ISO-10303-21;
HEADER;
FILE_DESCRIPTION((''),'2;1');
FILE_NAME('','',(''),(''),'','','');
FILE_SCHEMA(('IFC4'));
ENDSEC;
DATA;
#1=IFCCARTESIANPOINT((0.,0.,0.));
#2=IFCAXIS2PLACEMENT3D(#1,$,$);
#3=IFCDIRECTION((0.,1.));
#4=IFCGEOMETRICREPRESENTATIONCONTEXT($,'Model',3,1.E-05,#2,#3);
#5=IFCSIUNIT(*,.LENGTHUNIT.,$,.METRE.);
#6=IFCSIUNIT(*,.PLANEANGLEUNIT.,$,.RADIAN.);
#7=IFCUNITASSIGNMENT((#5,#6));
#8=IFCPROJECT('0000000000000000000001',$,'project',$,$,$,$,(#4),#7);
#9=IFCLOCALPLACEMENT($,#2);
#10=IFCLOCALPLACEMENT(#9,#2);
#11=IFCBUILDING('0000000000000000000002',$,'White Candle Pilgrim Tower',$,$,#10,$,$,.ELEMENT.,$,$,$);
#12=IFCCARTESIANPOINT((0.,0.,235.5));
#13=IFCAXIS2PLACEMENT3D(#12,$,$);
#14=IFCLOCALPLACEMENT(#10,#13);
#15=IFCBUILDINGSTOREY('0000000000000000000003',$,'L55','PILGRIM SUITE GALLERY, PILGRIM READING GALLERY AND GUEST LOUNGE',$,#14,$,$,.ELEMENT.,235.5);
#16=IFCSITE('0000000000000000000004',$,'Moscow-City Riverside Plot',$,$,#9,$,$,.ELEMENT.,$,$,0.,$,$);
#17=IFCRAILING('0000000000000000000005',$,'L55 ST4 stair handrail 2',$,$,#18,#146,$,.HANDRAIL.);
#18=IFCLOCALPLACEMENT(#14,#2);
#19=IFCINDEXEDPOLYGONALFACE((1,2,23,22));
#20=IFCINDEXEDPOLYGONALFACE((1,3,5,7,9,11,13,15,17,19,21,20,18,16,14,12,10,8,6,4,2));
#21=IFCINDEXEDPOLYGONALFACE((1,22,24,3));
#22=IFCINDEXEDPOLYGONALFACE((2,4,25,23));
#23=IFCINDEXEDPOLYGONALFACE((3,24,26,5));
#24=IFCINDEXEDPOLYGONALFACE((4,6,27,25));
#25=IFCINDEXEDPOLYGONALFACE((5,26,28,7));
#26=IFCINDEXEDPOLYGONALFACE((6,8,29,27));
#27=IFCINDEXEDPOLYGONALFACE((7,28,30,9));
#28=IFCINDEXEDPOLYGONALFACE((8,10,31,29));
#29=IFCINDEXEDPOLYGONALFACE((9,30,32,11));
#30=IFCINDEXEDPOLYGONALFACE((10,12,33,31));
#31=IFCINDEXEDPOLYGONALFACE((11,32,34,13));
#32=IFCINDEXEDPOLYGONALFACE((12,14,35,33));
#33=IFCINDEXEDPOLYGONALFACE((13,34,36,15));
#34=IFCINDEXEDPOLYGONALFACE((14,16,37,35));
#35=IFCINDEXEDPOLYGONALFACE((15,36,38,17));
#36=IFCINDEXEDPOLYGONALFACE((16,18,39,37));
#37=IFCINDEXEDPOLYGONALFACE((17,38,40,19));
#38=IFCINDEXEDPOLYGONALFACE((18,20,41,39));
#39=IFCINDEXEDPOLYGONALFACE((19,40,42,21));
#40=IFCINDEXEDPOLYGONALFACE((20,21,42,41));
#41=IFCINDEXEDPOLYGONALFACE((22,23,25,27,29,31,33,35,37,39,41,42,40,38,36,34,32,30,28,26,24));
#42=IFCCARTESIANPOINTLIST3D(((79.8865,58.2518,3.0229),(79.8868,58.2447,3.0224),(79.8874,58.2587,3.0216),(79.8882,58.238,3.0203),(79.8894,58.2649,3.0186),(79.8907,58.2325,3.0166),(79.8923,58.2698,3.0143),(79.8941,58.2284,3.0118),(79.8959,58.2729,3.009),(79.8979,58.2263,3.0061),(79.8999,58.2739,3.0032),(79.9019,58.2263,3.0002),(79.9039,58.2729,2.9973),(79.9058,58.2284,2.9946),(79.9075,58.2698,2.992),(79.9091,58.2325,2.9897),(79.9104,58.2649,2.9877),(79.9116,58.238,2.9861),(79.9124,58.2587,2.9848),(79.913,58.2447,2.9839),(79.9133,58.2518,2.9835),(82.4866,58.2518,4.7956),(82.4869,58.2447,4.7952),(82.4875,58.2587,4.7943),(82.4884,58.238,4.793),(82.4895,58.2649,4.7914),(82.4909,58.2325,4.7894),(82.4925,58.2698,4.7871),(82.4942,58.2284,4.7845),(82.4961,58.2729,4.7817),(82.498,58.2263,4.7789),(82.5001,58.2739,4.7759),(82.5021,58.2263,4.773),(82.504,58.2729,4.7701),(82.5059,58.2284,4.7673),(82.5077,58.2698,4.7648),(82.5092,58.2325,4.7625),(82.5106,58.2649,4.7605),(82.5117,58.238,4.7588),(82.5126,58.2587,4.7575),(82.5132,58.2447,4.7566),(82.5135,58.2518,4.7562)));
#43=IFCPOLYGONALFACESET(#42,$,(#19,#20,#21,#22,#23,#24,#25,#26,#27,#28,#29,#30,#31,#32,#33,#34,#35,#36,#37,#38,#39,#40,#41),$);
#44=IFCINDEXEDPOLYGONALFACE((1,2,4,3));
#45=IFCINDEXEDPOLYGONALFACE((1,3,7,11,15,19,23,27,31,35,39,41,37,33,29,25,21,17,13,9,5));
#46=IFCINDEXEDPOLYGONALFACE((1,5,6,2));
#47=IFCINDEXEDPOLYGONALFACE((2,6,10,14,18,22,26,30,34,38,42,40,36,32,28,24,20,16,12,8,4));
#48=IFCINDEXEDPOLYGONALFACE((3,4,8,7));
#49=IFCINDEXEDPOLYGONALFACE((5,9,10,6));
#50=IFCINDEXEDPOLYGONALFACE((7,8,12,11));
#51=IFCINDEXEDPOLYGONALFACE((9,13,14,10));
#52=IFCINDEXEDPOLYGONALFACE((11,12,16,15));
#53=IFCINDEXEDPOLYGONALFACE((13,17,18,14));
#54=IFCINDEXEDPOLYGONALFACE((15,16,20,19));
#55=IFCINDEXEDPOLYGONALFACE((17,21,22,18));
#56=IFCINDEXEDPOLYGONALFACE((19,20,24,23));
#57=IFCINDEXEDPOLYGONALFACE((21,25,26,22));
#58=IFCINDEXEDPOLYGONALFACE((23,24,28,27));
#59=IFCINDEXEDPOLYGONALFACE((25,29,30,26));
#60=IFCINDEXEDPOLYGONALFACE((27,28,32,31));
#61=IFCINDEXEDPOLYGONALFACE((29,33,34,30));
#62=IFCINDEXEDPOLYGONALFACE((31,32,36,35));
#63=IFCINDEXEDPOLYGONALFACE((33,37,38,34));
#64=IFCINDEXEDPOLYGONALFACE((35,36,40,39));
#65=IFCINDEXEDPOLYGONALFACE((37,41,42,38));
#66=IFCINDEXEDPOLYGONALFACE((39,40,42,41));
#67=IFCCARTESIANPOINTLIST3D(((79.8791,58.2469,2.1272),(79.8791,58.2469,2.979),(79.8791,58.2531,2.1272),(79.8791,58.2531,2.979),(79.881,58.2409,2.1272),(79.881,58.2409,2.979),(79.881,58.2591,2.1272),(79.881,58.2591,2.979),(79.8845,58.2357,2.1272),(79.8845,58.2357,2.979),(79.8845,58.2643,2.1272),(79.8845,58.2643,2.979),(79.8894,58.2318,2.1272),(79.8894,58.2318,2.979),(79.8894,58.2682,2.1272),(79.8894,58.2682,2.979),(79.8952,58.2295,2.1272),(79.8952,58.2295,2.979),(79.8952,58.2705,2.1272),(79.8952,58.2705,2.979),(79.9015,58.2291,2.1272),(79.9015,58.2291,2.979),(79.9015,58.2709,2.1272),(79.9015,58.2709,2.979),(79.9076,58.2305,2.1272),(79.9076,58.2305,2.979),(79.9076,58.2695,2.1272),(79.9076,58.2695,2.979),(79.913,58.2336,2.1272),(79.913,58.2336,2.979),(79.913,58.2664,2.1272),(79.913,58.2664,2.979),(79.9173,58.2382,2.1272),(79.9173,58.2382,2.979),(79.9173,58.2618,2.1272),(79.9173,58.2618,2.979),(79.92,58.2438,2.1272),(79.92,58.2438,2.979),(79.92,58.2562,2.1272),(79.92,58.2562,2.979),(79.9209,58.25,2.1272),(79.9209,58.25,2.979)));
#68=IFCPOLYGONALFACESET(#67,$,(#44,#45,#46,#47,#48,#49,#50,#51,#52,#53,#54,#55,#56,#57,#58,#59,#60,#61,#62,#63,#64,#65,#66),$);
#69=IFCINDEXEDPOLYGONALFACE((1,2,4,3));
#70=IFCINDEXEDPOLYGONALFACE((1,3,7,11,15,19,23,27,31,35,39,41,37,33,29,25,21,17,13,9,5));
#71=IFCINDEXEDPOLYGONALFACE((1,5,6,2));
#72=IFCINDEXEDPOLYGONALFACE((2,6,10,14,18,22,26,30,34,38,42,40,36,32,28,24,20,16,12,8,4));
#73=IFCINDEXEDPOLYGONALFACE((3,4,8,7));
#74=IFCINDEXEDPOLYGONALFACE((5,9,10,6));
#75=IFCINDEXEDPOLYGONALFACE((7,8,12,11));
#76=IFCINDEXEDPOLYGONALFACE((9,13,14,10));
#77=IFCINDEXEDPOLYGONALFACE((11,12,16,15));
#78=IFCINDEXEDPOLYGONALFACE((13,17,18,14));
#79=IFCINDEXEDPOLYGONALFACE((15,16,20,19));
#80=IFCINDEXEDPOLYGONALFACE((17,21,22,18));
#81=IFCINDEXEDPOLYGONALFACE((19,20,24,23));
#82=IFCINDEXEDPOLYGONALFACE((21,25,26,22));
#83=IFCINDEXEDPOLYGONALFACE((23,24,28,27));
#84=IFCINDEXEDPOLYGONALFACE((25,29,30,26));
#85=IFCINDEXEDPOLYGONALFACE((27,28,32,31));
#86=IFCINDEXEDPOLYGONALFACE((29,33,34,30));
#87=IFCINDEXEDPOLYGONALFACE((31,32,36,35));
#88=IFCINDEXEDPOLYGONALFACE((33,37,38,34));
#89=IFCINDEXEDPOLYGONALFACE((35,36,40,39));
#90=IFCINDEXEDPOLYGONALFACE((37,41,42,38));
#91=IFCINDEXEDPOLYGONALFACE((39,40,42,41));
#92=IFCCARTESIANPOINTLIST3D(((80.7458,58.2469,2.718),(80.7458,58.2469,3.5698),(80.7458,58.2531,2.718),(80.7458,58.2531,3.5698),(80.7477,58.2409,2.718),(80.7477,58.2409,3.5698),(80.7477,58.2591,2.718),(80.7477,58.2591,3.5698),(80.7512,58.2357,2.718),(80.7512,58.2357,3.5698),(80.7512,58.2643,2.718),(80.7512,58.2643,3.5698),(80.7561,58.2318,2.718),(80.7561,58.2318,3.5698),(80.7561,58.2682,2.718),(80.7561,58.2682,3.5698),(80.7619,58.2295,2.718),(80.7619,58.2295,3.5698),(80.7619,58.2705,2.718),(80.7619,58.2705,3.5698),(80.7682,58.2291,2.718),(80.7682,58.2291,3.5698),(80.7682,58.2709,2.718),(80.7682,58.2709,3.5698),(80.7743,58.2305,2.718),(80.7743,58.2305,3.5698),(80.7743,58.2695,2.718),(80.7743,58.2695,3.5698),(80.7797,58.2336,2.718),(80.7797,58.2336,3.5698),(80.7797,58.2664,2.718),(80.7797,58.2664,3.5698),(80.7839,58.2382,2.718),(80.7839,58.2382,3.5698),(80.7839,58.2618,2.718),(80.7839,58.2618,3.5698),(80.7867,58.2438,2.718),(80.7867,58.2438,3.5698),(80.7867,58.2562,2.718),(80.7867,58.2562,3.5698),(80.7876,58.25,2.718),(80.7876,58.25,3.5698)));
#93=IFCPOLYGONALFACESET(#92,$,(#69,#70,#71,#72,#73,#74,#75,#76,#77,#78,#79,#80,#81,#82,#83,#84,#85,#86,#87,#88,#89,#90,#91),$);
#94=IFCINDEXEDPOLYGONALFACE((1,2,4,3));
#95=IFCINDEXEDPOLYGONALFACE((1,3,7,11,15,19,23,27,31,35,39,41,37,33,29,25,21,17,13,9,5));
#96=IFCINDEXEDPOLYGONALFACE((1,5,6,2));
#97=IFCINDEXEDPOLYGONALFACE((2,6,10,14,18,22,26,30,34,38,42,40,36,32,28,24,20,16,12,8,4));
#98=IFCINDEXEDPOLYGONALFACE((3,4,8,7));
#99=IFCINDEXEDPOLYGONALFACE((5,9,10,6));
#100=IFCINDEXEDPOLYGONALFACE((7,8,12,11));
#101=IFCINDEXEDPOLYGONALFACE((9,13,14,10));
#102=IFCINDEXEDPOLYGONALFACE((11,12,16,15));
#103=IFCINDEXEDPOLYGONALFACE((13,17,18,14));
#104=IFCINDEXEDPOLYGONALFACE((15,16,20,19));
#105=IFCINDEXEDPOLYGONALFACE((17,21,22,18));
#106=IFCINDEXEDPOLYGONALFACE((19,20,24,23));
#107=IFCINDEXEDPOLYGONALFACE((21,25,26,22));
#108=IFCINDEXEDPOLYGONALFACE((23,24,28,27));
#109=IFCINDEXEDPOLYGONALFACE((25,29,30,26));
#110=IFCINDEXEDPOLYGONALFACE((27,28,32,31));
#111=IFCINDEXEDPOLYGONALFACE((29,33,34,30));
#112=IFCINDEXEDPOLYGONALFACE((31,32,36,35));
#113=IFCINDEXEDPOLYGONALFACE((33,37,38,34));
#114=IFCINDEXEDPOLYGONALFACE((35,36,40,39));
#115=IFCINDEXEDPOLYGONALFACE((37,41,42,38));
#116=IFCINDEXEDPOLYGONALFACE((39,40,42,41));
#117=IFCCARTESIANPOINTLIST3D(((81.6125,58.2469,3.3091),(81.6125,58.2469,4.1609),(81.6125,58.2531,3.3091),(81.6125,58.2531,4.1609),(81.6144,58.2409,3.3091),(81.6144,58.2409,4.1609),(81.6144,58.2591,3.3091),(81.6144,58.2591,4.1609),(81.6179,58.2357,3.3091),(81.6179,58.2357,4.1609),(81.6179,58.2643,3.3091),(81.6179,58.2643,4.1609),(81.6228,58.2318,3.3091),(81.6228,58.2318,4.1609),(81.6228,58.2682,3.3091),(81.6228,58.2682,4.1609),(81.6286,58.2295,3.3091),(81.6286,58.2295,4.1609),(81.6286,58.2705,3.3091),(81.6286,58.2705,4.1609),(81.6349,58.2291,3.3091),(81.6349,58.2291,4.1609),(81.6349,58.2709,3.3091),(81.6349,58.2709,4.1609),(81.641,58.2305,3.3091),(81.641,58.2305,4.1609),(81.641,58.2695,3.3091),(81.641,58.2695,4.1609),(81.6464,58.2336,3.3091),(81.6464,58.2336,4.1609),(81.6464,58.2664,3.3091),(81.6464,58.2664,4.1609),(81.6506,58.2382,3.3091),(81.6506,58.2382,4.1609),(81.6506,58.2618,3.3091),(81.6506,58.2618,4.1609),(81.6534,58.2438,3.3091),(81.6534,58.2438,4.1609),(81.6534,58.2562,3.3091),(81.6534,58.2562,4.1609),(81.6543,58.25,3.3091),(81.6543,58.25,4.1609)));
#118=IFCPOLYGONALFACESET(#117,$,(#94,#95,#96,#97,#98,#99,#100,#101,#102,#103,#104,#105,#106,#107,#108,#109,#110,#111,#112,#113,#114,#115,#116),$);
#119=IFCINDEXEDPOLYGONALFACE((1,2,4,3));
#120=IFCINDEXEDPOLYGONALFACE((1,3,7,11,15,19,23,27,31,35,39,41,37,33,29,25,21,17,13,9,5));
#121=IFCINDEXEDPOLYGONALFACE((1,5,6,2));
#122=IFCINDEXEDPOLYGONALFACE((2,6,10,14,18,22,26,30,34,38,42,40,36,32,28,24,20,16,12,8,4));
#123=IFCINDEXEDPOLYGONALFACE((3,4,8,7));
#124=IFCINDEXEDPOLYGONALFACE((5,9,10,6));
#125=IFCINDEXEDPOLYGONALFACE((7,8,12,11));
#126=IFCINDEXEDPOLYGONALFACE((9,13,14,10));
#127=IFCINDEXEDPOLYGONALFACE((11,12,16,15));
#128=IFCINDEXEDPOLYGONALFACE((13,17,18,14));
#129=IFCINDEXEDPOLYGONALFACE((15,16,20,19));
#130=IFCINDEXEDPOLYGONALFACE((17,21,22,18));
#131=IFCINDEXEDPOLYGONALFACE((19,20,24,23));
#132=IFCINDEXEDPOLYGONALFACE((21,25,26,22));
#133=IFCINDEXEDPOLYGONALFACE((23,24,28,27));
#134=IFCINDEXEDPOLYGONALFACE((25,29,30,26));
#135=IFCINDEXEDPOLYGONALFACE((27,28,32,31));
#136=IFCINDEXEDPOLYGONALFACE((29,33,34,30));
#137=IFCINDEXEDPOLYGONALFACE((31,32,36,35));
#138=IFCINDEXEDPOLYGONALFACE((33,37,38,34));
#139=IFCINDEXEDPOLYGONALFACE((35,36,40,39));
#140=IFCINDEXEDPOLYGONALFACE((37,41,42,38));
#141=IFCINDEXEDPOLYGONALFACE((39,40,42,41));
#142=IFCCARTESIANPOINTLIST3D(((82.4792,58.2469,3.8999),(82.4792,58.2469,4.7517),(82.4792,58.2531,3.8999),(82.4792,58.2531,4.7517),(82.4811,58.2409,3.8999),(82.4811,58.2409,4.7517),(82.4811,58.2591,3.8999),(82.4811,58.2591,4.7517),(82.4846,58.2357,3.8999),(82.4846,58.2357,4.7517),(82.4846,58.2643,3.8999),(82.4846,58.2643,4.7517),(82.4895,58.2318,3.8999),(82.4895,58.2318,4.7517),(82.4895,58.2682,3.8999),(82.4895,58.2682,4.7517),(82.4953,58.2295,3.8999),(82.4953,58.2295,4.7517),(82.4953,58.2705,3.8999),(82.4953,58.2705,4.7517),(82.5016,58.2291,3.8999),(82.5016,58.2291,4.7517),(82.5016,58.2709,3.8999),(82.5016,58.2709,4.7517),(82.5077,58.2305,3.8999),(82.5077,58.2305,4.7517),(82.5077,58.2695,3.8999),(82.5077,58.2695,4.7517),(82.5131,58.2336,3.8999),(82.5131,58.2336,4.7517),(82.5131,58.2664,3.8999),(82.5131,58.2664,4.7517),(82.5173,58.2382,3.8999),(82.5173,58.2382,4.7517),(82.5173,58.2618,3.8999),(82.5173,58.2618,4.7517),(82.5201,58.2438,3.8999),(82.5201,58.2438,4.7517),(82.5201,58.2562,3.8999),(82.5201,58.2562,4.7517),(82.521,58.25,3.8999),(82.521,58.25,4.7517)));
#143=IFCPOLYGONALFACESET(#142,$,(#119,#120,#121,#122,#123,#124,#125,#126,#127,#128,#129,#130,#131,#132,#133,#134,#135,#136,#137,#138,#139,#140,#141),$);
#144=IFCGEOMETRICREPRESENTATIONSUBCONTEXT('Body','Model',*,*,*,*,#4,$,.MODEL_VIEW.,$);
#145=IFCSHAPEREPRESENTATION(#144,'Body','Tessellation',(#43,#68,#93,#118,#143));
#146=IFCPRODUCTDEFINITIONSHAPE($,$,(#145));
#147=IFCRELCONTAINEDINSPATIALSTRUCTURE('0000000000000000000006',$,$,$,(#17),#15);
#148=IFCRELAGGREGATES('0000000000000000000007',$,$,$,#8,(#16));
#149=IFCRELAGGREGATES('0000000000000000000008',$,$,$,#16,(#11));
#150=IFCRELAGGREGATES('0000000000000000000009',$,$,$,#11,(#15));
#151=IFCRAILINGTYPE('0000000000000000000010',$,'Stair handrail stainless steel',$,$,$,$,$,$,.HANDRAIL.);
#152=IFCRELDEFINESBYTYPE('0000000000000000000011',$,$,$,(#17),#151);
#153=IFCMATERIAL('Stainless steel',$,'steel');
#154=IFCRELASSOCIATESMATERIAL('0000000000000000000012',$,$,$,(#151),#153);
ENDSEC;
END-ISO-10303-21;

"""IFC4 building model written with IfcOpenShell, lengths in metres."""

from ifc_helpers import new_model, si_unit, direction, frame, origin, origin_2d, place, context, subcontext, project, spatial, circle, extrude, material, type_object, element, save


model = new_model("IFC4")

# Units and contexts
model_context = context("Model", 3, precision=1e-05, world=origin(), true_north=direction((0.0, 1.0)))
body_context = subcontext(model_context, "Body", "Model", "MODEL_VIEW")
ifc_project = project(units=[si_unit("LENGTHUNIT", "METRE"), si_unit("PLANEANGLEUNIT", "RADIAN")], contexts=[model_context])

# Site, building, storey
site_placement = place(None, origin())
site = spatial("IfcSite", under=ifc_project, at=site_placement, Name="Moscow-City Riverside Plot", CompositionType="ELEMENT", RefElevation=0.0)
building_placement = place(site_placement, origin())
building = spatial("IfcBuilding", under=site, at=building_placement, Name="White Candle Pilgrim Tower", CompositionType="ELEMENT")
storey_placement = place(building_placement, frame((0.0, 0.0, 235.5)))
storey = spatial("IfcBuildingStorey", under=building, at=storey_placement, Name="L55", Description="PILGRIM SUITE GALLERY, PILGRIM READING GALLERY AND GUEST LOUNGE", CompositionType="ELEMENT", Elevation=235.5)

# Railing
ifc_material_1 = material(Name="Stainless steel", Category="steel")
railing_type_1 = type_object("IfcRailingType", Name="Stair handrail stainless steel", PredefinedType="HANDRAIL", material=ifc_material_1)
railing_1_placement = place(storey_placement, frame((79.8999, 58.25, 2.1272)))
element("IfcRailing", 1, at=railing_1_placement, inside=storey, type_object=railing_type_1, Name="L55 ST4 stair handrail 2", PredefinedType="HANDRAIL", context=body_context, shape_type="SweptSolid", body=[
    extrude(circle(Radius=0.0239, at=origin_2d()), frame((0.0, 0.0, 0.876), z_axis=(0.82624, 0.0, 0.563318), x_axis=(0.0, 1.0, 0.0)), (0.0, 0.0, 1.0), 3.147),
    extrude(circle(Radius=0.021, at=origin_2d()), origin(), (0.0, 0.0, 1.0), 0.8518),
    extrude(circle(Radius=0.021, at=origin_2d()), frame((0.8667, 0.0, 0.5908)), (0.0, 0.0, 1.0), 0.8518),
    extrude(circle(Radius=0.021, at=origin_2d()), frame((1.7334, 0.0, 1.1819)), (0.0, 0.0, 1.0), 0.8518),
    extrude(circle(Radius=0.021, at=origin_2d()), frame((2.6001, 0.0, 1.7727)), (0.0, 0.0, 1.0), 0.8518),
])

save(model, "model.ifc")
